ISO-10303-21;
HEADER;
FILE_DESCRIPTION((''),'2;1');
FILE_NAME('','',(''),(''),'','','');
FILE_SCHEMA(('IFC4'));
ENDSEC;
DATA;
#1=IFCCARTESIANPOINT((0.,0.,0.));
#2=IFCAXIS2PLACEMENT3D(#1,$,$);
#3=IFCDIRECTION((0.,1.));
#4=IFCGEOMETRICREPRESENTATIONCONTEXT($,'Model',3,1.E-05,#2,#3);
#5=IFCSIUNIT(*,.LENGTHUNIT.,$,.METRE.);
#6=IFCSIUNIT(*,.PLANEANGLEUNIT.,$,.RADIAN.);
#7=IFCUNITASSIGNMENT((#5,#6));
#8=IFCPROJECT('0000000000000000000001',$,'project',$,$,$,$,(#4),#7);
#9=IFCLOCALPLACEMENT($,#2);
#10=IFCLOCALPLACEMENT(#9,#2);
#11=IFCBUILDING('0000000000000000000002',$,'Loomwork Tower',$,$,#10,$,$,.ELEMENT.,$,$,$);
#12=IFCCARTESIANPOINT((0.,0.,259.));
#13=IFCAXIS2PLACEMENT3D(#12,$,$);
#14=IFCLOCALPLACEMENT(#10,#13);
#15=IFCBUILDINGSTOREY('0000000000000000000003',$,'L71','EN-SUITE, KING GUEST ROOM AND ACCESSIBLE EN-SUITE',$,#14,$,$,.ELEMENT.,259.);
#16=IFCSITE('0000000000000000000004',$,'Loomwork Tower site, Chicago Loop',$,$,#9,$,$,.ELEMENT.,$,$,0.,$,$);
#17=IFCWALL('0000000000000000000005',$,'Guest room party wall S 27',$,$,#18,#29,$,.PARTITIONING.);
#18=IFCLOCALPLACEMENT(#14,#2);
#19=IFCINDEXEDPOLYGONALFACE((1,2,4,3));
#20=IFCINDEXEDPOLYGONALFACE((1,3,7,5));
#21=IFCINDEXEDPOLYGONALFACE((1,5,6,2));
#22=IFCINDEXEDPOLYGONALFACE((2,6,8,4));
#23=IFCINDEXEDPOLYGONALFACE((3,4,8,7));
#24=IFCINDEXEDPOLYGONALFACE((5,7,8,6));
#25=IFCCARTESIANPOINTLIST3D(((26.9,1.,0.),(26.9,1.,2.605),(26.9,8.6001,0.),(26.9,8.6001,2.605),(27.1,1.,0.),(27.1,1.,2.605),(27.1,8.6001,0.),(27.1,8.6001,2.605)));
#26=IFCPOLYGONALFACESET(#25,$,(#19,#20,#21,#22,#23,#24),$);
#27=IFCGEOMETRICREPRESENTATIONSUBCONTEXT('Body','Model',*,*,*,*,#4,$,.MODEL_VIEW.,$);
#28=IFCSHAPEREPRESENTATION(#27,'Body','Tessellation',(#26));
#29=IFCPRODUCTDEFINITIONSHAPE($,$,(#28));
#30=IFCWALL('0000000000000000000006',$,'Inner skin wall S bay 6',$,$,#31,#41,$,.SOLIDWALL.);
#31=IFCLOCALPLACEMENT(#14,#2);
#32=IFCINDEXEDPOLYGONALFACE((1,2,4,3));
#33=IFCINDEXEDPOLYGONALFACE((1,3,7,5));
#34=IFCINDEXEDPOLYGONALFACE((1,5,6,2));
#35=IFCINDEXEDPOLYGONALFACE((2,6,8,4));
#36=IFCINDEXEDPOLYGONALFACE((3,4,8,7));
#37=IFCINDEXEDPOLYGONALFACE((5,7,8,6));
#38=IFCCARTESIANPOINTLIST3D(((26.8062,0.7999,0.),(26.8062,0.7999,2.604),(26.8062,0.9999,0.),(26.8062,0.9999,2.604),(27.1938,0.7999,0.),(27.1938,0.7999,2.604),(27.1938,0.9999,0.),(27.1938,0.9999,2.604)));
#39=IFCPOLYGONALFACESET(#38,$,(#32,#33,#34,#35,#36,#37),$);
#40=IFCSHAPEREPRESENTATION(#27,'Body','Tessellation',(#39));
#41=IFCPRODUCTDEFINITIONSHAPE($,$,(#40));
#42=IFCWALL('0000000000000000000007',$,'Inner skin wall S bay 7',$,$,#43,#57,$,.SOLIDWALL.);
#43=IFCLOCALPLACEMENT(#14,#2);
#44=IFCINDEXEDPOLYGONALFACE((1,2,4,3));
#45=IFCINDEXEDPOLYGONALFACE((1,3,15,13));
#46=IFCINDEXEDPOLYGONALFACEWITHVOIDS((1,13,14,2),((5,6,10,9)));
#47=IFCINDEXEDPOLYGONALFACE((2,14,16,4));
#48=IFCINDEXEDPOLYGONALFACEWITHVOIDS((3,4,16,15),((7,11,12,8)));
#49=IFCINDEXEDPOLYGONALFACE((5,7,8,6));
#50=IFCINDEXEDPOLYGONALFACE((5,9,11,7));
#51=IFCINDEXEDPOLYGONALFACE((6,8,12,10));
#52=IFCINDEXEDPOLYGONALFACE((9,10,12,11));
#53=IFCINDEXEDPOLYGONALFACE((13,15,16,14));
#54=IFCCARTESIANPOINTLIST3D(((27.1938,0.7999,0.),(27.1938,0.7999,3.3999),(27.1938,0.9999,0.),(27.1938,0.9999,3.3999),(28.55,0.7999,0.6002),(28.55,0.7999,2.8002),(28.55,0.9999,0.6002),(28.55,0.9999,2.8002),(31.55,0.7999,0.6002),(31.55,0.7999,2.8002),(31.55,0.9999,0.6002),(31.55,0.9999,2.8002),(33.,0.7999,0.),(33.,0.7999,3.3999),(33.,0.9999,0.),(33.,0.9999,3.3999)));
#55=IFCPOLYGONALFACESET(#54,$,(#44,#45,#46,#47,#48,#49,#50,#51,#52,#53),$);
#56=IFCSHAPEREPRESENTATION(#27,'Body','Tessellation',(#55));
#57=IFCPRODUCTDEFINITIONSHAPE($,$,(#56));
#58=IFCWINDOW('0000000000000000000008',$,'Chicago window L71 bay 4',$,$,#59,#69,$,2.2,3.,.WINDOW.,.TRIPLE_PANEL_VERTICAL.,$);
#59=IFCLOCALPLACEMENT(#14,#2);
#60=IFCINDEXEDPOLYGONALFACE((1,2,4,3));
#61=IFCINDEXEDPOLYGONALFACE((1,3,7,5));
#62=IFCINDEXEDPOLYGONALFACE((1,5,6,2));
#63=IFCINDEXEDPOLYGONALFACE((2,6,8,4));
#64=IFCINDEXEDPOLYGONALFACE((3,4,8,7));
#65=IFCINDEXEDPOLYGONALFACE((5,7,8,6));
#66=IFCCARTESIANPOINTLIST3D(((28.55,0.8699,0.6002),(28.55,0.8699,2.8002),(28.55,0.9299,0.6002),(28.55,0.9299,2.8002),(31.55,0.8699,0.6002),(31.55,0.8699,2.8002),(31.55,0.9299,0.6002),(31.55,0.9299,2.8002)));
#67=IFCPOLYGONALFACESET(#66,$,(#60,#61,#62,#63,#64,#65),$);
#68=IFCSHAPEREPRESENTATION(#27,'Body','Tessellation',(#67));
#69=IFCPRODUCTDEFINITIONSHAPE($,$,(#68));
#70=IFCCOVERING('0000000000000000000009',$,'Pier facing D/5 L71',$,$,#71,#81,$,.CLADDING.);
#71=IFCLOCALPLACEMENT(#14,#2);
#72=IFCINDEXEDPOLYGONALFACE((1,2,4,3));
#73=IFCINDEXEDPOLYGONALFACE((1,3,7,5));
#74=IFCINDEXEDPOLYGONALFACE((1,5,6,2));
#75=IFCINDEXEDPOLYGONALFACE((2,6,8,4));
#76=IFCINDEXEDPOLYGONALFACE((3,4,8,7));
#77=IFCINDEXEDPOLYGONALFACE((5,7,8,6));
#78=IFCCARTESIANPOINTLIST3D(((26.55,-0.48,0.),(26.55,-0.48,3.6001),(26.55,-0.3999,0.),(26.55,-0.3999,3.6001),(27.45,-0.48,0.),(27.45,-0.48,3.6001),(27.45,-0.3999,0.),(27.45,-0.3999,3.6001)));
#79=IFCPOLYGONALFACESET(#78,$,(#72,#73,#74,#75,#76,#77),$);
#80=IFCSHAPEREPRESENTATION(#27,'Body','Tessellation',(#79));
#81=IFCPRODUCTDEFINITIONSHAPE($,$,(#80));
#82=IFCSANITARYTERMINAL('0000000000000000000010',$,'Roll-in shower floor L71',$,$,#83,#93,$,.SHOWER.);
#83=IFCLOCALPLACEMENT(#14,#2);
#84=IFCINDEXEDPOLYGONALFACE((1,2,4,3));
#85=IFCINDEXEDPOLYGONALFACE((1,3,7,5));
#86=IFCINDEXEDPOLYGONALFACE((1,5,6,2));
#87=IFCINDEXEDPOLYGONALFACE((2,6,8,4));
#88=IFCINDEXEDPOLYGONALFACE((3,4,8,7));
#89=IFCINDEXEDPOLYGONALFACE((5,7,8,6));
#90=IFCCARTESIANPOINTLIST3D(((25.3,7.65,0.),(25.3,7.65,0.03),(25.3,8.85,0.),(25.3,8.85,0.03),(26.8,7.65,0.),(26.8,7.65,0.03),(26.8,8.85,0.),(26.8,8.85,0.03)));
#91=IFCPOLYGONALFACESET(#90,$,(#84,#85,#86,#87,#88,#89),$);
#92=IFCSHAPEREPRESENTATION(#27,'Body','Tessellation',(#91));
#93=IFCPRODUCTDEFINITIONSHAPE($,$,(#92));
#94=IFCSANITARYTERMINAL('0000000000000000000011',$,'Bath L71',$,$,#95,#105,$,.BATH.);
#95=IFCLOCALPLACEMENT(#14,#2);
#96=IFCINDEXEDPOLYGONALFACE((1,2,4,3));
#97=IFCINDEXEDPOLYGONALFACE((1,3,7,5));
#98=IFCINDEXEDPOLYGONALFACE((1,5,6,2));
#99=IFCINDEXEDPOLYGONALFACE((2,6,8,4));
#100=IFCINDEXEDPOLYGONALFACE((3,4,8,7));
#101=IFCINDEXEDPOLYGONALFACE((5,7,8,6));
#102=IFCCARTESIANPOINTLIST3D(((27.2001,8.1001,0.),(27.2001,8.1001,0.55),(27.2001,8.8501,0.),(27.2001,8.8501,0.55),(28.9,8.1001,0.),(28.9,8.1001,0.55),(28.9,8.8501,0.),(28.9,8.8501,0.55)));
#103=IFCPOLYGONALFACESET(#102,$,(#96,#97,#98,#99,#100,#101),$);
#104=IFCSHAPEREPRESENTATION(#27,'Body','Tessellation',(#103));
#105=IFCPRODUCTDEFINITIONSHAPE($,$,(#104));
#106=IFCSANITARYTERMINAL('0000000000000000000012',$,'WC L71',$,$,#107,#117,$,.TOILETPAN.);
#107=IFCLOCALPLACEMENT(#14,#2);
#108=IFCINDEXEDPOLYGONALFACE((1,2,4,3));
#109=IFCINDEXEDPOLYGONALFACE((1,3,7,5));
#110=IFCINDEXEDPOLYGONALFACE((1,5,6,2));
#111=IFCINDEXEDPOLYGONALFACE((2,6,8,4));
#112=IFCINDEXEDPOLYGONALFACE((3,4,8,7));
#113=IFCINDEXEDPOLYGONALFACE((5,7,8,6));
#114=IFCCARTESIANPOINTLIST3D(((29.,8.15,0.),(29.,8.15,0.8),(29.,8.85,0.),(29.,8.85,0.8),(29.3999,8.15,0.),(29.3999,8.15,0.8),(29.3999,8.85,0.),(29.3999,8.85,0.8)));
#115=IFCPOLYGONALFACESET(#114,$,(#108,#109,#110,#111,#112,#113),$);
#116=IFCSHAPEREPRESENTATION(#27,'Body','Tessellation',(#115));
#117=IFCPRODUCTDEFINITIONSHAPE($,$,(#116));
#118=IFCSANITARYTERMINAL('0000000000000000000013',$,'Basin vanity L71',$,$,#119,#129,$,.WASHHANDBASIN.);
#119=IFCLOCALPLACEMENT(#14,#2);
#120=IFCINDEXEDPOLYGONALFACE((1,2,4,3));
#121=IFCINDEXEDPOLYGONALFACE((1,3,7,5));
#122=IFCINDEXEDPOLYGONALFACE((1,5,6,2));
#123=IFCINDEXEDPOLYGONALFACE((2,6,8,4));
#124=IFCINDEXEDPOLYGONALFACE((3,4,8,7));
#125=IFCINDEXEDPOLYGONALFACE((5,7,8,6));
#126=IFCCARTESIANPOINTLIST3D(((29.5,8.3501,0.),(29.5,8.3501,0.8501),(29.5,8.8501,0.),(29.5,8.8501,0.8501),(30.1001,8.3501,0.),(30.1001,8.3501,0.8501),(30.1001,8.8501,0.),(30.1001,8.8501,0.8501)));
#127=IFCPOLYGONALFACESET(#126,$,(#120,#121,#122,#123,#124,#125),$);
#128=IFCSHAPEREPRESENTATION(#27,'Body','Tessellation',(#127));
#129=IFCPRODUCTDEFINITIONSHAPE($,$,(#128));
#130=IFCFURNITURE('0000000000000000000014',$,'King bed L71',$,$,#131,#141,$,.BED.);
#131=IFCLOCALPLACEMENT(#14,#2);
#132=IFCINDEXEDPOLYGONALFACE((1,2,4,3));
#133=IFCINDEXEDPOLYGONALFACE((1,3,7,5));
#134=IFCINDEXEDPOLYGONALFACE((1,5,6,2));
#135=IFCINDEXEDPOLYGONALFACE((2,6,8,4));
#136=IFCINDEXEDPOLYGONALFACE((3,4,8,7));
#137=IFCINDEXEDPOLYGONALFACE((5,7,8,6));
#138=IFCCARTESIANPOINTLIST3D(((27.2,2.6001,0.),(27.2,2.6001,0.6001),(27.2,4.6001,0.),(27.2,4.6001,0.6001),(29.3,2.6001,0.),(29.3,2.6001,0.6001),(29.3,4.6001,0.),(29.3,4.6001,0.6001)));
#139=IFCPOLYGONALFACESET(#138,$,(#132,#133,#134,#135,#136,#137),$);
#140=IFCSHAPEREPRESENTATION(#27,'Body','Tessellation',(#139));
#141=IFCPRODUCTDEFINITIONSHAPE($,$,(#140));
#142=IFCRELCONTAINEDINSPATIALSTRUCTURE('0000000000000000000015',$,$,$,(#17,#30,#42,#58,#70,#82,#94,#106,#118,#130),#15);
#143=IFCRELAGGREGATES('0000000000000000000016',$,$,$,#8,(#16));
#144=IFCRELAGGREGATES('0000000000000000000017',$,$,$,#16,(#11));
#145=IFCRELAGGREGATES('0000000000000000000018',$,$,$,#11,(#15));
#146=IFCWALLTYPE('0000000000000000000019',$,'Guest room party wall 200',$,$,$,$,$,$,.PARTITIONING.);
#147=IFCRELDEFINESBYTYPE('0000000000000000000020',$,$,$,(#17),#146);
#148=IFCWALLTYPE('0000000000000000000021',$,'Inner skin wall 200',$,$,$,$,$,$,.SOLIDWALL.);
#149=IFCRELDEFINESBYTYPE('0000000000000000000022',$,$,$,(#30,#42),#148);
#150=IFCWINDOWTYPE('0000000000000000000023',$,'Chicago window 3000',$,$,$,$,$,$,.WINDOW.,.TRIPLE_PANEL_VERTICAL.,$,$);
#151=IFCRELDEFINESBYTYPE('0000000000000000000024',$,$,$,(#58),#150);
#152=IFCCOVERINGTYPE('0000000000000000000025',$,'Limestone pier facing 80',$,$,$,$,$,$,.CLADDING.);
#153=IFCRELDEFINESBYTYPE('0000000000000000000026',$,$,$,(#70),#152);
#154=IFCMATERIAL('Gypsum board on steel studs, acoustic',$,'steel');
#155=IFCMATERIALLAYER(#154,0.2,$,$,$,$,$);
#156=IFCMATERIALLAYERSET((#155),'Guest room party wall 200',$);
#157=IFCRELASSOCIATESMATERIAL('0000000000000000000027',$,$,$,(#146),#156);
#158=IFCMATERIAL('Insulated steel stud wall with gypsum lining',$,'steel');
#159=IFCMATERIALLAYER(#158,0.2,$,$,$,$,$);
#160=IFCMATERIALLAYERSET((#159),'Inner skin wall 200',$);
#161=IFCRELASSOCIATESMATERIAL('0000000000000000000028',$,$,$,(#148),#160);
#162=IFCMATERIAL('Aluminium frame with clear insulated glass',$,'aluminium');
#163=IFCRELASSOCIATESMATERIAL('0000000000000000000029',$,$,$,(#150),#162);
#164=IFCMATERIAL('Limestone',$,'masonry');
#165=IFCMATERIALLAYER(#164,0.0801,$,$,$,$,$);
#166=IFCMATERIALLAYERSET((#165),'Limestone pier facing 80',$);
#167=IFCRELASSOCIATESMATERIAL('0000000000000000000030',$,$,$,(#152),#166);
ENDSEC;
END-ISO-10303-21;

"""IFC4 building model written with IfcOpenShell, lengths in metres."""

from ifc_helpers import new_model, si_unit, direction, frame, frame_2d, origin, origin_2d, place, context, subcontext, project, spatial, rectangle, extrude, material, layer, layer_set, type_object, element, fill, save


model = new_model("IFC4")

# Units and contexts
model_context = context("Model", 3, precision=1e-05, world=origin(), true_north=direction((0.0, 1.0)))
body_context = subcontext(model_context, "Body", "Model", "MODEL_VIEW")
ifc_project = project(units=[si_unit("LENGTHUNIT", "METRE"), si_unit("PLANEANGLEUNIT", "RADIAN")], contexts=[model_context])

# Site, building, storey
site_placement = place(None, origin())
site = spatial("IfcSite", under=ifc_project, at=site_placement, Name="Loomwork Tower site, Chicago Loop", CompositionType="ELEMENT", RefElevation=0.0)
building_placement = place(site_placement, origin())
building = spatial("IfcBuilding", under=site, at=building_placement, Name="Loomwork Tower", CompositionType="ELEMENT")
storey_placement = place(building_placement, frame((0.0, 0.0, 259.0)))
storey = spatial("IfcBuildingStorey", under=building, at=storey_placement, Name="L71", Description="EN-SUITE, KING GUEST ROOM AND ACCESSIBLE EN-SUITE", CompositionType="ELEMENT", Elevation=259.0)

# Walls
ifc_material_1 = material(Name="Gypsum board on steel studs, acoustic", Category="steel")
ifc_layer_1 = layer(ifc_material_1, 0.2)
ifc_layer_set_1 = layer_set([ifc_layer_1], Name="Guest room party wall 200")
wall_type_1 = type_object("IfcWallType", Name="Guest room party wall 200", PredefinedType="PARTITIONING", material=ifc_layer_set_1)
wall_1_placement = place(storey_placement, frame((27.0, 8.6001, 0.0), z_axis=(0.0, 0.0, 1.0), x_axis=(0.0, -1.0, 0.0)))
element("IfcWall", 1, at=wall_1_placement, inside=storey, type_object=wall_type_1, Name="Guest room party wall S 27", PredefinedType="PARTITIONING", context=body_context, shape_type="SweptSolid", body=[
    extrude(rectangle(XDim=7.6001, YDim=0.2, at=frame_2d((3.8, 0.0))), origin(), (0.0, 0.0, 1.0), 2.605),
])
ifc_material_2 = material(Name="Insulated steel stud wall with gypsum lining", Category="steel")
ifc_layer_2 = layer(ifc_material_2, 0.2)
ifc_layer_set_2 = layer_set([ifc_layer_2], Name="Inner skin wall 200")
wall_type_2 = type_object("IfcWallType", Name="Inner skin wall 200", PredefinedType="SOLIDWALL", material=ifc_layer_set_2)
wall_2_placement = place(storey_placement, frame((26.8062, 0.8999, 0.0), z_axis=(0.0, 0.0, 1.0), x_axis=(1.0, 0.0, 0.0)))
element("IfcWall", 2, at=wall_2_placement, inside=storey, type_object=wall_type_2, Name="Inner skin wall S bay 6", PredefinedType="SOLIDWALL", context=body_context, shape_type="SweptSolid", body=[
    extrude(rectangle(XDim=0.3877, YDim=0.2, at=frame_2d((0.1938, 0.0))), origin(), (0.0, 0.0, 1.0), 2.604),
])

# Wall, opening, window
wall_3_placement = place(storey_placement, frame((27.1938, 0.8999, 0.0), z_axis=(0.0, 0.0, 1.0), x_axis=(1.0, 0.0, 0.0)))
wall_3 = element("IfcWall", 3, at=wall_3_placement, inside=storey, type_object=wall_type_2, Name="Inner skin wall S bay 7", PredefinedType="SOLIDWALL", context=body_context, shape_type="SweptSolid", body=[
    extrude(rectangle(XDim=5.8062, YDim=0.2, at=frame_2d((2.9031, 0.0))), origin(), (0.0, 0.0, 1.0), 3.3999),
])
opening_placement = place(wall_3_placement, frame((1.3562, 0.0, 0.6001)))
opening = element("IfcOpeningElement", 4, at=opening_placement, cuts=wall_3, PredefinedType="OPENING", context=body_context, shape_type="SweptSolid", body=[
    extrude(rectangle(XDim=3.0, YDim=2.2, at=frame_2d((1.5, 1.1001))), frame((0.0, 0.1099, 0.0), z_axis=(0.0, -1.0, 0.0), x_axis=(1.0, 0.0, 0.0)), (0.0, 0.0, 1.0), 0.22),
])
ifc_material_3 = material(Name="Aluminium frame with clear insulated glass", Category="aluminium")
window_type = type_object("IfcWindowType", Name="Chicago window 3000", PartitioningType="TRIPLE_PANEL_VERTICAL", PredefinedType="WINDOW", material=ifc_material_3)
window_placement = place(opening_placement, origin())
window = element("IfcWindow", 5, at=window_placement, inside=storey, type_object=window_type, Name="Chicago window L71 bay 4", OverallHeight=2.2, OverallWidth=3.0, PartitioningType="TRIPLE_PANEL_VERTICAL", PredefinedType="WINDOW", context=body_context, shape_type="SweptSolid", body=[
    extrude(rectangle(XDim=3.0, YDim=2.2, at=frame_2d((1.5, 1.1001))), frame((0.0, 0.03, 0.0), z_axis=(0.0, -1.0, 0.0), x_axis=(1.0, 0.0, 0.0)), (0.0, 0.0, 1.0), 0.0601),
])
fill(opening, window)

# Covering
ifc_material_4 = material(Name="Limestone", Category="masonry")
ifc_layer_3 = layer(ifc_material_4, 0.0801)
ifc_layer_set_3 = layer_set([ifc_layer_3], Name="Limestone pier facing 80")
covering_type = type_object("IfcCoveringType", Name="Limestone pier facing 80", PredefinedType="CLADDING", material=ifc_layer_set_3)
covering_placement = place(storey_placement, frame((27.0, -0.4399, 0.0), z_axis=(0.0, 0.0, 1.0), x_axis=(1.0, 0.0, 0.0)))
element("IfcCovering", 6, at=covering_placement, inside=storey, type_object=covering_type, Name="Pier facing D/5 L71", PredefinedType="CLADDING", context=body_context, shape_type="SweptSolid", body=[
    extrude(rectangle(XDim=0.8999, YDim=0.0801, at=origin_2d()), origin(), (0.0, 0.0, 1.0), 3.6001),
])

# Sanitary terminals
sanitary_terminal_1_placement = place(storey_placement, frame((26.05, 8.25, 0.0), z_axis=(0.0, 0.0, 1.0), x_axis=(1.0, 0.0, 0.0)))
element("IfcSanitaryTerminal", 7, at=sanitary_terminal_1_placement, inside=storey, Name="Roll-in shower floor L71", PredefinedType="SHOWER", context=body_context, shape_type="SweptSolid", body=[
    extrude(rectangle(XDim=1.5, YDim=1.2, at=origin_2d()), origin(), (0.0, 0.0, 1.0), 0.03),
])
sanitary_terminal_2_placement = place(storey_placement, frame((28.05, 8.4751, 0.0), z_axis=(0.0, 0.0, 1.0), x_axis=(1.0, 0.0, 0.0)))
element("IfcSanitaryTerminal", 8, at=sanitary_terminal_2_placement, inside=storey, Name="Bath L71", PredefinedType="BATH", context=body_context, shape_type="SweptSolid", body=[
    extrude(rectangle(XDim=1.7, YDim=0.75, at=origin_2d()), origin(), (0.0, 0.0, 1.0), 0.55),
])
sanitary_terminal_3_placement = place(storey_placement, frame((29.2, 8.5, 0.0), z_axis=(0.0, 0.0, 1.0), x_axis=(1.0, 0.0, 0.0)))
element("IfcSanitaryTerminal", 9, at=sanitary_terminal_3_placement, inside=storey, Name="WC L71", PredefinedType="TOILETPAN", context=body_context, shape_type="SweptSolid", body=[
    extrude(rectangle(XDim=0.3999, YDim=0.7, at=origin_2d()), origin(), (0.0, 0.0, 1.0), 0.8),
])
sanitary_terminal_4_placement = place(storey_placement, frame((29.8, 8.6001, 0.0), z_axis=(0.0, 0.0, 1.0), x_axis=(1.0, 0.0, 0.0)))
element("IfcSanitaryTerminal", 10, at=sanitary_terminal_4_placement, inside=storey, Name="Basin vanity L71", PredefinedType="WASHHANDBASIN", context=body_context, shape_type="SweptSolid", body=[
    extrude(rectangle(XDim=0.6001, YDim=0.5, at=origin_2d()), origin(), (0.0, 0.0, 1.0), 0.8501),
])

# Furniture
furniture_placement = place(storey_placement, frame((28.25, 3.6001, 0.0), z_axis=(0.0, 0.0, 1.0), x_axis=(1.0, 0.0, 0.0)))
element("IfcFurniture", 11, at=furniture_placement, inside=storey, Name="King bed L71", PredefinedType="BED", context=body_context, shape_type="SweptSolid", body=[
    extrude(rectangle(XDim=2.1001, YDim=2.0, at=origin_2d()), origin(), (0.0, 0.0, 1.0), 0.6001),
])

save(model, "model.ifc")
